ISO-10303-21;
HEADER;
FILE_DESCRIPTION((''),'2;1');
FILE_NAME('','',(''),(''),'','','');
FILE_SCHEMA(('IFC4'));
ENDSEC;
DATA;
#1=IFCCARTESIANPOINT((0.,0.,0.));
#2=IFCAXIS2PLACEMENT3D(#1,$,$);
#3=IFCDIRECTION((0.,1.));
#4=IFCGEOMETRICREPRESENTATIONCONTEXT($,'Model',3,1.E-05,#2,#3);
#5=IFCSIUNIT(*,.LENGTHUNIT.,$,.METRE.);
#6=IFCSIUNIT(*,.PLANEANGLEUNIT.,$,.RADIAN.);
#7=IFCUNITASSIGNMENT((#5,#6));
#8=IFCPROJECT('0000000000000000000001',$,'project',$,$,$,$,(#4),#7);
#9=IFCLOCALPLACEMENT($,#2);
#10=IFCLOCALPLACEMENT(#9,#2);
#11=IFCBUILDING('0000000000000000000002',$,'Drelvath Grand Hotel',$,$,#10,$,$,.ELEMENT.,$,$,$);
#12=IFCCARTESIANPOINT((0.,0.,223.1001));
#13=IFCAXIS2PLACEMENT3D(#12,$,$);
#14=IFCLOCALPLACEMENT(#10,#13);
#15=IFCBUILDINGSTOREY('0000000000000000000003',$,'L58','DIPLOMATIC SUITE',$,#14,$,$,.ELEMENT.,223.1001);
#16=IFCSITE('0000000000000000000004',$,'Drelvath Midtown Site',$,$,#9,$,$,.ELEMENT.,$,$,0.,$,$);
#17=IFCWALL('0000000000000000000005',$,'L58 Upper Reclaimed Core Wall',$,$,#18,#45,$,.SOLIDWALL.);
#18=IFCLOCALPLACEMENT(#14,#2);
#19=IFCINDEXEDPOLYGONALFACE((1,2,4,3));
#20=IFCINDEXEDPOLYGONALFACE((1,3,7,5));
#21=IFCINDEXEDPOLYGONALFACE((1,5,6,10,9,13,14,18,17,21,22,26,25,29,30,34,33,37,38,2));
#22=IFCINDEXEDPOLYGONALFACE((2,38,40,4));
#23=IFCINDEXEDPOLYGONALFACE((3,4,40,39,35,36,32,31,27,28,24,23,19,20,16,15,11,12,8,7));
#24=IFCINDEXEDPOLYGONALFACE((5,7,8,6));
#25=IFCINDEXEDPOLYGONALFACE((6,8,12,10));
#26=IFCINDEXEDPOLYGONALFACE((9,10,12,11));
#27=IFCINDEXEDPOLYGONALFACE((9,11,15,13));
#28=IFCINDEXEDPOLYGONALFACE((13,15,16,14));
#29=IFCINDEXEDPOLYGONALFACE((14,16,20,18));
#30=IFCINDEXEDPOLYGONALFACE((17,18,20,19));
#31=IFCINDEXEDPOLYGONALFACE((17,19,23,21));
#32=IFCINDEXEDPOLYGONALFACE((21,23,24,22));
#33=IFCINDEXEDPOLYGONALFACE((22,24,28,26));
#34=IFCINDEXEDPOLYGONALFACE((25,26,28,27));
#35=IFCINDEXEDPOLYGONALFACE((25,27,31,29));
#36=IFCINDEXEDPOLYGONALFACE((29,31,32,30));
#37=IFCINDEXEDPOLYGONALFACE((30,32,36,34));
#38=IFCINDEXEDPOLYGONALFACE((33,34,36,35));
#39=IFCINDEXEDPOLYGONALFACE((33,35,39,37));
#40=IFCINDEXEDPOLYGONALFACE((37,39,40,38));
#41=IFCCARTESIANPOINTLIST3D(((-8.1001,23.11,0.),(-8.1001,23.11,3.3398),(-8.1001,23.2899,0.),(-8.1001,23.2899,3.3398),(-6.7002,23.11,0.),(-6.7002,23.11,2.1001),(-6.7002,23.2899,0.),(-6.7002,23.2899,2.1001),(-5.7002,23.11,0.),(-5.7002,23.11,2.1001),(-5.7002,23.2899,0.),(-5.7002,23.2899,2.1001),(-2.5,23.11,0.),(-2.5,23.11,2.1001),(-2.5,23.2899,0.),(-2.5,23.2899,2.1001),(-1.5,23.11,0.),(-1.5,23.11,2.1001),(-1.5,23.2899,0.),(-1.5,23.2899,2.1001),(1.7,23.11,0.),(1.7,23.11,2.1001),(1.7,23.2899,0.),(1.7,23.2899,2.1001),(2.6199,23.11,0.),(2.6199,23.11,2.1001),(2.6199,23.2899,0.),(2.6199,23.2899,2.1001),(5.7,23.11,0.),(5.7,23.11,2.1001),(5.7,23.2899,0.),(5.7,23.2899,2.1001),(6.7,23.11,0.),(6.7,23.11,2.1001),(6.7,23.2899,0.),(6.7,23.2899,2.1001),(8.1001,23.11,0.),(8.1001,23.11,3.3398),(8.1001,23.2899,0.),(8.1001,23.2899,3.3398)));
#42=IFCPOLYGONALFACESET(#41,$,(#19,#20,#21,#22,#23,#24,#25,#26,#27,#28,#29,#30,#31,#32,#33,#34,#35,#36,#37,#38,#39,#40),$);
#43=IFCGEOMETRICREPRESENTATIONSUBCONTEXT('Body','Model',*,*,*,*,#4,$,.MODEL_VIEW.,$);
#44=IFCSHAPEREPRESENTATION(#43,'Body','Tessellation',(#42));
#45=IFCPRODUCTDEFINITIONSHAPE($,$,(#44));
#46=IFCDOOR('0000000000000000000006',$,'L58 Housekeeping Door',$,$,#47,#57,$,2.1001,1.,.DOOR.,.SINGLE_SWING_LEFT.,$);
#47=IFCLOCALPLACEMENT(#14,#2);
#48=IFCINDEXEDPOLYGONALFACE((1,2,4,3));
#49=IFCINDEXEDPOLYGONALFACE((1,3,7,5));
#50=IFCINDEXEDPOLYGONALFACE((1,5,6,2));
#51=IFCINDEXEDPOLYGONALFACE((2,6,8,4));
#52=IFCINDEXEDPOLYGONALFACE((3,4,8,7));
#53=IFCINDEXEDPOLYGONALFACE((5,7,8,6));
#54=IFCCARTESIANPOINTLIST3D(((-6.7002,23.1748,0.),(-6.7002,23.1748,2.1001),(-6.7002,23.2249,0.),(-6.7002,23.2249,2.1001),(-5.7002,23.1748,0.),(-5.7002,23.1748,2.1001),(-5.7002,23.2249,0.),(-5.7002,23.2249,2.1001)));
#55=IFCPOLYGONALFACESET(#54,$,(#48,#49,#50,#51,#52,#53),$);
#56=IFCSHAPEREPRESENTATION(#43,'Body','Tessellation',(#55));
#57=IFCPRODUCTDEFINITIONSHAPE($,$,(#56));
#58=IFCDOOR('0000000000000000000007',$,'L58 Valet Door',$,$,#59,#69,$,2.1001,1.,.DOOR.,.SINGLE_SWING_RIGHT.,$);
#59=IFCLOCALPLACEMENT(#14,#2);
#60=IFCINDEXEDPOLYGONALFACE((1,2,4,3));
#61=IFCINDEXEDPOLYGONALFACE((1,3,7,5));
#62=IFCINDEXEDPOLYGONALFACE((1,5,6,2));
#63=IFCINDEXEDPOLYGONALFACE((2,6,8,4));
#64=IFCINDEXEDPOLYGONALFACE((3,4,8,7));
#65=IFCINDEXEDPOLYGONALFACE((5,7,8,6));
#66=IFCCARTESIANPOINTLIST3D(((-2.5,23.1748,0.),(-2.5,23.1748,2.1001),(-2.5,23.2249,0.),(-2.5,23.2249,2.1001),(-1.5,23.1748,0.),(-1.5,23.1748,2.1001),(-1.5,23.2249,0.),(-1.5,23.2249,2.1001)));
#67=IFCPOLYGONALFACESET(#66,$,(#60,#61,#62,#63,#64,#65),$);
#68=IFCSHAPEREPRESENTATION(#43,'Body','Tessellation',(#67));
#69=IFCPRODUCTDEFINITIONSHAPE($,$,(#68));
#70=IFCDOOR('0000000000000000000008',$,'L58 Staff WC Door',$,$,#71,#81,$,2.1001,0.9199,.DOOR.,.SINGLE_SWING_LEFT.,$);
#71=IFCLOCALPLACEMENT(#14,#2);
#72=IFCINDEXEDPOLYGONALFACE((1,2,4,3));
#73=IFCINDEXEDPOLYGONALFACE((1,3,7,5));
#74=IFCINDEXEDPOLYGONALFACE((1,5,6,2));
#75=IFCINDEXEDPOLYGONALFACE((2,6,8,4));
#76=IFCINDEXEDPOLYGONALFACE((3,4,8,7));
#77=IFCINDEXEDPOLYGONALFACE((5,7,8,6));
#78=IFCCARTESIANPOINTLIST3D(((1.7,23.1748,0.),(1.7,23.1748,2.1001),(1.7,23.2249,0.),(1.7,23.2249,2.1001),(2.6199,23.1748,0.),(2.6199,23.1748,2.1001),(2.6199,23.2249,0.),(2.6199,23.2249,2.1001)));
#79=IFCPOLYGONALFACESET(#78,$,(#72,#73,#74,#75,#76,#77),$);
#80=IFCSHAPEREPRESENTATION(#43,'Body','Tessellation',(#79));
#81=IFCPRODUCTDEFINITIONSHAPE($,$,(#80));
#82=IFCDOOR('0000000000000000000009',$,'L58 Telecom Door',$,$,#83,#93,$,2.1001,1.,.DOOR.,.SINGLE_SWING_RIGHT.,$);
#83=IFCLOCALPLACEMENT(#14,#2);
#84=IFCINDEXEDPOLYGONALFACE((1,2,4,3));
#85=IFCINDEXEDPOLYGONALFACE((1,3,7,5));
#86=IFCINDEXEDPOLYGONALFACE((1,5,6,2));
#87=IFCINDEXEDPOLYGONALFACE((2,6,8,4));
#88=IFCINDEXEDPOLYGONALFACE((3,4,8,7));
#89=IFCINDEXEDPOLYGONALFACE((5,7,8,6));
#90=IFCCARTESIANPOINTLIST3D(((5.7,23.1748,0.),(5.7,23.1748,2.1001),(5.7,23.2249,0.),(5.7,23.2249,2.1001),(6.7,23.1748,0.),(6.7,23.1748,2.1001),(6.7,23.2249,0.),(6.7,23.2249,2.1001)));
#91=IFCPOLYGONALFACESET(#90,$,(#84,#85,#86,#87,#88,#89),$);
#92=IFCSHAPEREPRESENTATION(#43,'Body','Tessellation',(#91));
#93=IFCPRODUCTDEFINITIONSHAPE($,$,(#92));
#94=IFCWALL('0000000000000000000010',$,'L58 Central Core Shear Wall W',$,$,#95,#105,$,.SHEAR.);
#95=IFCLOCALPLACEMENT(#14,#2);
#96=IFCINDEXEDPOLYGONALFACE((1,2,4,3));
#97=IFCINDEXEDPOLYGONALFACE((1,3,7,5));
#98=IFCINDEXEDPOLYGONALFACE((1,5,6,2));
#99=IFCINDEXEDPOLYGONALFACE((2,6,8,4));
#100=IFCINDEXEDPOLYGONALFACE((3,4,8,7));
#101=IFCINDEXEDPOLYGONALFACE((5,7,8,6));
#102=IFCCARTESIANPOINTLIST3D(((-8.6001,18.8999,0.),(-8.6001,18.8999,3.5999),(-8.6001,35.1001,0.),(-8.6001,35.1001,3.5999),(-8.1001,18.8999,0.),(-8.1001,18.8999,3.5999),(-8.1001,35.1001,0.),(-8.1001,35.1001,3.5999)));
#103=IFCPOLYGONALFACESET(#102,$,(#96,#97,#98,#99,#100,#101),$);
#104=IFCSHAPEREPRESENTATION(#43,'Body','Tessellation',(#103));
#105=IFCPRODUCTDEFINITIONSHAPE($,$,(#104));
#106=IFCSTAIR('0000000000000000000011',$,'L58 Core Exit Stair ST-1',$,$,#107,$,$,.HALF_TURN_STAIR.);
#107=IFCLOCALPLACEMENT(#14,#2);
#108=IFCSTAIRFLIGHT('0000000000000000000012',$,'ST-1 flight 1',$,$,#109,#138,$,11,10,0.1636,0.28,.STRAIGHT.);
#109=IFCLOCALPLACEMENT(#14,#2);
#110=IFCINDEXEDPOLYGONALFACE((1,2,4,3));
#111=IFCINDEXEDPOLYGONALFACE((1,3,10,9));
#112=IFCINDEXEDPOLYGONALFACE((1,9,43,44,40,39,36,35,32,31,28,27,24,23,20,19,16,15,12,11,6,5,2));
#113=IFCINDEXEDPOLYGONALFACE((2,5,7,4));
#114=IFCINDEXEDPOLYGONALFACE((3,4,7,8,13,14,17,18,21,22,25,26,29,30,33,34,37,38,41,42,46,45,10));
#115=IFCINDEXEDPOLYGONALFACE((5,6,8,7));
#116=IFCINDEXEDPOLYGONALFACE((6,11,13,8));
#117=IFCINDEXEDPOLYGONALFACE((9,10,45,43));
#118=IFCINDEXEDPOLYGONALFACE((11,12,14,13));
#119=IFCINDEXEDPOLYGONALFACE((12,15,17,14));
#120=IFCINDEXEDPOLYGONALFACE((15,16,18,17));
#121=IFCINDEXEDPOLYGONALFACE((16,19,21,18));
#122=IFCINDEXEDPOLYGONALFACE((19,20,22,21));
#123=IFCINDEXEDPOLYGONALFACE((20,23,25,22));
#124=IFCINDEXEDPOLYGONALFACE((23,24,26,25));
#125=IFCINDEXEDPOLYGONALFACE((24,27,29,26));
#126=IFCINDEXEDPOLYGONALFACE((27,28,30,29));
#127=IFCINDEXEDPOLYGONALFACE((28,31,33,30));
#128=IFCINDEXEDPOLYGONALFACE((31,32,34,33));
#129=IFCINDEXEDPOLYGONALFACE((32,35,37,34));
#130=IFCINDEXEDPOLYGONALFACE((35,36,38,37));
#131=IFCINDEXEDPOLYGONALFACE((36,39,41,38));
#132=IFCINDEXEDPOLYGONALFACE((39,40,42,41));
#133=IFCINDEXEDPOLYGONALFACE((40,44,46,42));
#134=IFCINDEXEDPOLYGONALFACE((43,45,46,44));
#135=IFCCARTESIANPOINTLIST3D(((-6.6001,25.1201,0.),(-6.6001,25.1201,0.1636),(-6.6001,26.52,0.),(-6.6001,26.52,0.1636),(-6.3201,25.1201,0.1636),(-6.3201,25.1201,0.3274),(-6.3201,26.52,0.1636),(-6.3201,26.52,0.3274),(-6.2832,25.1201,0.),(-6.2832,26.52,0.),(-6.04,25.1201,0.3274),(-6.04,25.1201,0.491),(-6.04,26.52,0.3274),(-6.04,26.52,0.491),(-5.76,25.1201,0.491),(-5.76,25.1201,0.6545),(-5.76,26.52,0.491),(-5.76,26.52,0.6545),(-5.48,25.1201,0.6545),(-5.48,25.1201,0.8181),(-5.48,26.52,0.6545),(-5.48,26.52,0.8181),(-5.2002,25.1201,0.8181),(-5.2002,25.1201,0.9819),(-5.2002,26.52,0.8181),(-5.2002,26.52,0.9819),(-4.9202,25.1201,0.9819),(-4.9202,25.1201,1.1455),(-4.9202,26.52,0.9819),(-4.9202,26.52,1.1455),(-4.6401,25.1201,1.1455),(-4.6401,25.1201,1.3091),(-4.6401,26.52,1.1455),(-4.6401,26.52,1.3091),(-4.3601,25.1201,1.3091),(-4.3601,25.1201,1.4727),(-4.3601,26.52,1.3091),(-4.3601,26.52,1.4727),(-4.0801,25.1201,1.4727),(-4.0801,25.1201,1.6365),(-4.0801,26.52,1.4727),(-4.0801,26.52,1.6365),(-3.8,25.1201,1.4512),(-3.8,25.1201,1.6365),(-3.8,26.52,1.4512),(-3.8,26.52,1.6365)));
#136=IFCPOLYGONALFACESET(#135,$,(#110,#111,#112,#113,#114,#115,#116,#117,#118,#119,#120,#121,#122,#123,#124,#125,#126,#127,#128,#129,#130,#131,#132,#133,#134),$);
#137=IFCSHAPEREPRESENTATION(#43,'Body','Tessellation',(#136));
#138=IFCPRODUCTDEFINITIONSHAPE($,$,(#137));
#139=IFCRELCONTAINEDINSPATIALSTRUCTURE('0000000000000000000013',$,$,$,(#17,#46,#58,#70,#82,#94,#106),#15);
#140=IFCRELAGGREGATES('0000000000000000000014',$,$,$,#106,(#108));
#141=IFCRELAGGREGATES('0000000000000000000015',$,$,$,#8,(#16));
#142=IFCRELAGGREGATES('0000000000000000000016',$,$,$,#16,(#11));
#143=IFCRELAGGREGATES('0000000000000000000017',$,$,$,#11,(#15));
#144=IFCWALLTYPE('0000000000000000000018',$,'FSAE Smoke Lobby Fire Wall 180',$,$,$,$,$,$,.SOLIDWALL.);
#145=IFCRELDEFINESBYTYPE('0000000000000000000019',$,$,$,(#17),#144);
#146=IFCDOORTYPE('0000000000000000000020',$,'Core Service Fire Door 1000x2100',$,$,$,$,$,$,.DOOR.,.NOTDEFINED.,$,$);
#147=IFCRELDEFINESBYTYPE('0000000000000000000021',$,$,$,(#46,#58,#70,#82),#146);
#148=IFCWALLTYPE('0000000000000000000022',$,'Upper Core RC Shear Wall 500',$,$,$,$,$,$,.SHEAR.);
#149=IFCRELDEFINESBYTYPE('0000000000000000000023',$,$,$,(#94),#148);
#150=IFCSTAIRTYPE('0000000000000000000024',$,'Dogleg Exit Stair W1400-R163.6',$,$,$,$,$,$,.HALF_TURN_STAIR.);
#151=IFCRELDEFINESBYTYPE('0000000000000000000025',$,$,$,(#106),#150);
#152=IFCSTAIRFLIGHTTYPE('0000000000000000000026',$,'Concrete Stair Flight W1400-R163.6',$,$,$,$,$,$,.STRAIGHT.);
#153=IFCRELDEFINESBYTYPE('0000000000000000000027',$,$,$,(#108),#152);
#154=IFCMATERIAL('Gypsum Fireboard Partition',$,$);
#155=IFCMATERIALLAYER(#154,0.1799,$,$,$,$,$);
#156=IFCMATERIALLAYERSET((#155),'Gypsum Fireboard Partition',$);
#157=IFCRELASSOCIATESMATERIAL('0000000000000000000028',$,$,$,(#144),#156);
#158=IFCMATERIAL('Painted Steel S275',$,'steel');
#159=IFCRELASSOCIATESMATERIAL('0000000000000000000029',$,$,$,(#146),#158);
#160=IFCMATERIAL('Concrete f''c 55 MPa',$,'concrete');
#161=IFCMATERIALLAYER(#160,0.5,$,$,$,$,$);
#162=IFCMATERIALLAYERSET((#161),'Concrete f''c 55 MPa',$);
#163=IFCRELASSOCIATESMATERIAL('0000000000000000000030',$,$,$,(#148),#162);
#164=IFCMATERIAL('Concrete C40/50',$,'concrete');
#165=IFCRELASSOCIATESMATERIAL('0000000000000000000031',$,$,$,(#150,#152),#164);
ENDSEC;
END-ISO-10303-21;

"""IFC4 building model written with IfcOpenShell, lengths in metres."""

from ifc_helpers import new_model, si_unit, direction, frame, frame_2d, origin, place, context, subcontext, project, spatial, polyline, rectangle, outline, extrude, material, layer, layer_set, type_object, element, fill, aggregate, save


model = new_model("IFC4")

# Units and contexts
model_context = context("Model", 3, precision=1e-05, world=origin(), true_north=direction((0.0, 1.0)))
body_context = subcontext(model_context, "Body", "Model", "MODEL_VIEW")
ifc_project = project(units=[si_unit("LENGTHUNIT", "METRE"), si_unit("PLANEANGLEUNIT", "RADIAN")], contexts=[model_context])

# Site, building, storey
site_placement = place(None, origin())
site = spatial("IfcSite", under=ifc_project, at=site_placement, Name="Drelvath Midtown Site", CompositionType="ELEMENT", RefElevation=0.0)
building_placement = place(site_placement, origin())
building = spatial("IfcBuilding", under=site, at=building_placement, Name="Drelvath Grand Hotel", CompositionType="ELEMENT")
storey_placement = place(building_placement, frame((0.0, 0.0, 223.1001)))
storey = spatial("IfcBuildingStorey", under=building, at=storey_placement, Name="L58", Description="DIPLOMATIC SUITE", CompositionType="ELEMENT", Elevation=223.1001)

# Shared definitions
ifc_material_1 = material(Name="Concrete f'c 55 MPa", Category="concrete")

# Shared definitions
ifc_material_2 = material(Name="Concrete C40/50", Category="concrete")
ifc_material_3 = material(Name="Painted Steel S275", Category="steel")

# Wall, openings, doors
ifc_material_4 = material(Name="Gypsum Fireboard Partition")
ifc_layer_1 = layer(ifc_material_4, 0.1799)
ifc_layer_set_1 = layer_set([ifc_layer_1], Name="Gypsum Fireboard Partition")
wall_type_1 = type_object("IfcWallType", Name="FSAE Smoke Lobby Fire Wall 180", PredefinedType="SOLIDWALL", material=ifc_layer_set_1)
wall_1_placement = place(storey_placement, frame((-8.1001, 23.2, 0.0), z_axis=(0.0, 0.0, 1.0), x_axis=(1.0, 0.0, 0.0)))
wall_1 = element("IfcWall", 1, at=wall_1_placement, inside=storey, type_object=wall_type_1, Name="L58 Upper Reclaimed Core Wall", PredefinedType="SOLIDWALL", context=body_context, shape_type="SweptSolid", body=[
    extrude(rectangle(XDim=16.2002, YDim=0.1799, at=frame_2d((8.1001, 0.0))), origin(), (0.0, 0.0, 1.0), 3.3398),
])
opening_1_placement = place(wall_1_placement, frame((1.3999, 0.0, 0.0)))
opening_1 = element("IfcOpeningElement", 2, at=opening_1_placement, cuts=wall_1, PredefinedType="OPENING", context=body_context, shape_type="SweptSolid", body=[
    extrude(rectangle(XDim=1.0, YDim=2.1001, at=frame_2d((0.5, 1.05))), frame((0.0, 0.0999, 0.0), z_axis=(0.0, -1.0, 0.0), x_axis=(1.0, 0.0, 0.0)), (0.0, 0.0, 1.0), 0.2),
])
opening_2_placement = place(wall_1_placement, frame((5.6001, 0.0, 0.0)))
opening_2 = element("IfcOpeningElement", 3, at=opening_2_placement, cuts=wall_1, PredefinedType="OPENING", context=body_context, shape_type="SweptSolid", body=[
    extrude(rectangle(XDim=1.0, YDim=2.1001, at=frame_2d((0.5, 1.05))), frame((0.0, 0.0999, 0.0), z_axis=(0.0, -1.0, 0.0), x_axis=(1.0, 0.0, 0.0)), (0.0, 0.0, 1.0), 0.2),
])
opening_3_placement = place(wall_1_placement, frame((9.8, 0.0, 0.0)))
opening_3 = element("IfcOpeningElement", 4, at=opening_3_placement, cuts=wall_1, PredefinedType="OPENING", context=body_context, shape_type="SweptSolid", body=[
    extrude(rectangle(XDim=0.9199, YDim=2.1001, at=frame_2d((0.46, 1.05))), frame((0.0, 0.0999, 0.0), z_axis=(0.0, -1.0, 0.0), x_axis=(1.0, 0.0, 0.0)), (0.0, 0.0, 1.0), 0.2),
])
opening_4_placement = place(wall_1_placement, frame((13.8, 0.0, 0.0)))
opening_4 = element("IfcOpeningElement", 5, at=opening_4_placement, cuts=wall_1, PredefinedType="OPENING", context=body_context, shape_type="SweptSolid", body=[
    extrude(rectangle(XDim=1.0, YDim=2.1001, at=frame_2d((0.5, 1.05))), frame((0.0, 0.0999, 0.0), z_axis=(0.0, -1.0, 0.0), x_axis=(1.0, 0.0, 0.0)), (0.0, 0.0, 1.0), 0.2),
])
door_type_1 = type_object("IfcDoorType", Name="Core Service Fire Door 1000x2100", OperationType="NOTDEFINED", PredefinedType="DOOR", material=ifc_material_3)
door_1_placement = place(opening_1_placement, origin())
door_1 = element("IfcDoor", 6, at=door_1_placement, inside=storey, type_object=door_type_1, Name="L58 Housekeeping Door", OperationType="SINGLE_SWING_LEFT", OverallHeight=2.1001, OverallWidth=1.0, PredefinedType="DOOR", context=body_context, shape_type="SweptSolid", body=[
    extrude(rectangle(XDim=1.0, YDim=2.1001, at=frame_2d((0.5, 1.05))), frame((0.0, 0.0249, 0.0), z_axis=(0.0, -1.0, 0.0), x_axis=(1.0, 0.0, 0.0)), (0.0, 0.0, 1.0), 0.05),
])
fill(opening_1, door_1)
door_2_placement = place(opening_2_placement, origin())
door_2 = element("IfcDoor", 7, at=door_2_placement, inside=storey, type_object=door_type_1, Name="L58 Valet Door", OperationType="SINGLE_SWING_RIGHT", OverallHeight=2.1001, OverallWidth=1.0, PredefinedType="DOOR", context=body_context, shape_type="SweptSolid", body=[
    extrude(rectangle(XDim=1.0, YDim=2.1001, at=frame_2d((0.5, 1.05))), frame((0.0, 0.0249, 0.0), z_axis=(0.0, -1.0, 0.0), x_axis=(1.0, 0.0, 0.0)), (0.0, 0.0, 1.0), 0.05),
])
fill(opening_2, door_2)
door_3_placement = place(opening_3_placement, origin())
door_3 = element("IfcDoor", 8, at=door_3_placement, inside=storey, type_object=door_type_1, Name="L58 Staff WC Door", OperationType="SINGLE_SWING_LEFT", OverallHeight=2.1001, OverallWidth=0.9199, PredefinedType="DOOR", context=body_context, shape_type="SweptSolid", body=[
    extrude(rectangle(XDim=0.9199, YDim=2.1001, at=frame_2d((0.46, 1.05))), frame((0.0, 0.0249, 0.0), z_axis=(0.0, -1.0, 0.0), x_axis=(1.0, 0.0, 0.0)), (0.0, 0.0, 1.0), 0.05),
])
fill(opening_3, door_3)
door_4_placement = place(opening_4_placement, origin())
door_4 = element("IfcDoor", 9, at=door_4_placement, inside=storey, type_object=door_type_1, Name="L58 Telecom Door", OperationType="SINGLE_SWING_RIGHT", OverallHeight=2.1001, OverallWidth=1.0, PredefinedType="DOOR", context=body_context, shape_type="SweptSolid", body=[
    extrude(rectangle(XDim=1.0, YDim=2.1001, at=frame_2d((0.5, 1.05))), frame((0.0, 0.0249, 0.0), z_axis=(0.0, -1.0, 0.0), x_axis=(1.0, 0.0, 0.0)), (0.0, 0.0, 1.0), 0.05),
])
fill(opening_4, door_4)

# Wall
ifc_layer_2 = layer(ifc_material_1, 0.5)
ifc_layer_set_2 = layer_set([ifc_layer_2], Name="Concrete f'c 55 MPa")
wall_type_2 = type_object("IfcWallType", Name="Upper Core RC Shear Wall 500", PredefinedType="SHEAR", material=ifc_layer_set_2)
wall_2_placement = place(storey_placement, frame((-8.3501, 18.8999, 0.0), z_axis=(0.0, 0.0, 1.0), x_axis=(0.0, 1.0, 0.0)))
element("IfcWall", 10, at=wall_2_placement, inside=storey, type_object=wall_type_2, Name="L58 Central Core Shear Wall W", PredefinedType="SHEAR", context=body_context, shape_type="SweptSolid", body=[
    extrude(rectangle(XDim=16.2002, YDim=0.5, at=frame_2d((8.1001, 0.0))), origin(), (0.0, 0.0, 1.0), 3.5999),
])

# Stair, stair flight
stair_type = type_object("IfcStairType", Name="Dogleg Exit Stair W1400-R163.6", PredefinedType="HALF_TURN_STAIR", material=ifc_material_2)
stair_placement = place(storey_placement, origin())
stair = element("IfcStair", 11, at=stair_placement, inside=storey, type_object=stair_type, Name="L58 Core Exit Stair ST-1", PredefinedType="HALF_TURN_STAIR")
stair_flight_type = type_object("IfcStairFlightType", Name="Concrete Stair Flight W1400-R163.6", PredefinedType="STRAIGHT", material=ifc_material_2)
stair_flight_placement = place(storey_placement, frame((-6.6001, 25.8201, 0.0), z_axis=(0.0, 0.0, 1.0), x_axis=(1.0, 0.0, 0.0)))
stair_flight = element("IfcStairFlight", 12, at=stair_flight_placement, type_object=stair_flight_type, Name="ST-1 flight 1", NumberOfRisers=11, NumberOfTreads=10, PredefinedType="STRAIGHT", RiserHeight=0.1636, TreadLength=0.28, context=body_context, shape_type="SweptSolid", body=[
    extrude(outline(polyline([(0.0, 0.0), (0.0, 0.1636), (0.28, 0.1636), (0.28, 0.3274), (0.5601, 0.3274), (0.5601, 0.491), (0.8401, 0.491), (0.8401, 0.6545), (1.1201, 0.6545), (1.1201, 0.8181), (1.3999, 0.8181), (1.3999, 0.9819), (1.6799, 0.9819), (1.6799, 1.1455), (1.96, 1.1455), (1.96, 1.3091), (2.24, 1.3091), (2.24, 1.4727), (2.52, 1.4727), (2.52, 1.6365), (2.8, 1.6365), (2.8, 1.8), (2.8, 1.4512), (0.3169, 0.0), (0.0, 0.0)])), frame((0.0, 0.7, 0.0), z_axis=(0.0, -1.0, 0.0), x_axis=(1.0, 0.0, 0.0)), (0.0, 0.0, 1.0), 1.3999),
])
aggregate(stair, [stair_flight])

save(model, "model.ifc")
